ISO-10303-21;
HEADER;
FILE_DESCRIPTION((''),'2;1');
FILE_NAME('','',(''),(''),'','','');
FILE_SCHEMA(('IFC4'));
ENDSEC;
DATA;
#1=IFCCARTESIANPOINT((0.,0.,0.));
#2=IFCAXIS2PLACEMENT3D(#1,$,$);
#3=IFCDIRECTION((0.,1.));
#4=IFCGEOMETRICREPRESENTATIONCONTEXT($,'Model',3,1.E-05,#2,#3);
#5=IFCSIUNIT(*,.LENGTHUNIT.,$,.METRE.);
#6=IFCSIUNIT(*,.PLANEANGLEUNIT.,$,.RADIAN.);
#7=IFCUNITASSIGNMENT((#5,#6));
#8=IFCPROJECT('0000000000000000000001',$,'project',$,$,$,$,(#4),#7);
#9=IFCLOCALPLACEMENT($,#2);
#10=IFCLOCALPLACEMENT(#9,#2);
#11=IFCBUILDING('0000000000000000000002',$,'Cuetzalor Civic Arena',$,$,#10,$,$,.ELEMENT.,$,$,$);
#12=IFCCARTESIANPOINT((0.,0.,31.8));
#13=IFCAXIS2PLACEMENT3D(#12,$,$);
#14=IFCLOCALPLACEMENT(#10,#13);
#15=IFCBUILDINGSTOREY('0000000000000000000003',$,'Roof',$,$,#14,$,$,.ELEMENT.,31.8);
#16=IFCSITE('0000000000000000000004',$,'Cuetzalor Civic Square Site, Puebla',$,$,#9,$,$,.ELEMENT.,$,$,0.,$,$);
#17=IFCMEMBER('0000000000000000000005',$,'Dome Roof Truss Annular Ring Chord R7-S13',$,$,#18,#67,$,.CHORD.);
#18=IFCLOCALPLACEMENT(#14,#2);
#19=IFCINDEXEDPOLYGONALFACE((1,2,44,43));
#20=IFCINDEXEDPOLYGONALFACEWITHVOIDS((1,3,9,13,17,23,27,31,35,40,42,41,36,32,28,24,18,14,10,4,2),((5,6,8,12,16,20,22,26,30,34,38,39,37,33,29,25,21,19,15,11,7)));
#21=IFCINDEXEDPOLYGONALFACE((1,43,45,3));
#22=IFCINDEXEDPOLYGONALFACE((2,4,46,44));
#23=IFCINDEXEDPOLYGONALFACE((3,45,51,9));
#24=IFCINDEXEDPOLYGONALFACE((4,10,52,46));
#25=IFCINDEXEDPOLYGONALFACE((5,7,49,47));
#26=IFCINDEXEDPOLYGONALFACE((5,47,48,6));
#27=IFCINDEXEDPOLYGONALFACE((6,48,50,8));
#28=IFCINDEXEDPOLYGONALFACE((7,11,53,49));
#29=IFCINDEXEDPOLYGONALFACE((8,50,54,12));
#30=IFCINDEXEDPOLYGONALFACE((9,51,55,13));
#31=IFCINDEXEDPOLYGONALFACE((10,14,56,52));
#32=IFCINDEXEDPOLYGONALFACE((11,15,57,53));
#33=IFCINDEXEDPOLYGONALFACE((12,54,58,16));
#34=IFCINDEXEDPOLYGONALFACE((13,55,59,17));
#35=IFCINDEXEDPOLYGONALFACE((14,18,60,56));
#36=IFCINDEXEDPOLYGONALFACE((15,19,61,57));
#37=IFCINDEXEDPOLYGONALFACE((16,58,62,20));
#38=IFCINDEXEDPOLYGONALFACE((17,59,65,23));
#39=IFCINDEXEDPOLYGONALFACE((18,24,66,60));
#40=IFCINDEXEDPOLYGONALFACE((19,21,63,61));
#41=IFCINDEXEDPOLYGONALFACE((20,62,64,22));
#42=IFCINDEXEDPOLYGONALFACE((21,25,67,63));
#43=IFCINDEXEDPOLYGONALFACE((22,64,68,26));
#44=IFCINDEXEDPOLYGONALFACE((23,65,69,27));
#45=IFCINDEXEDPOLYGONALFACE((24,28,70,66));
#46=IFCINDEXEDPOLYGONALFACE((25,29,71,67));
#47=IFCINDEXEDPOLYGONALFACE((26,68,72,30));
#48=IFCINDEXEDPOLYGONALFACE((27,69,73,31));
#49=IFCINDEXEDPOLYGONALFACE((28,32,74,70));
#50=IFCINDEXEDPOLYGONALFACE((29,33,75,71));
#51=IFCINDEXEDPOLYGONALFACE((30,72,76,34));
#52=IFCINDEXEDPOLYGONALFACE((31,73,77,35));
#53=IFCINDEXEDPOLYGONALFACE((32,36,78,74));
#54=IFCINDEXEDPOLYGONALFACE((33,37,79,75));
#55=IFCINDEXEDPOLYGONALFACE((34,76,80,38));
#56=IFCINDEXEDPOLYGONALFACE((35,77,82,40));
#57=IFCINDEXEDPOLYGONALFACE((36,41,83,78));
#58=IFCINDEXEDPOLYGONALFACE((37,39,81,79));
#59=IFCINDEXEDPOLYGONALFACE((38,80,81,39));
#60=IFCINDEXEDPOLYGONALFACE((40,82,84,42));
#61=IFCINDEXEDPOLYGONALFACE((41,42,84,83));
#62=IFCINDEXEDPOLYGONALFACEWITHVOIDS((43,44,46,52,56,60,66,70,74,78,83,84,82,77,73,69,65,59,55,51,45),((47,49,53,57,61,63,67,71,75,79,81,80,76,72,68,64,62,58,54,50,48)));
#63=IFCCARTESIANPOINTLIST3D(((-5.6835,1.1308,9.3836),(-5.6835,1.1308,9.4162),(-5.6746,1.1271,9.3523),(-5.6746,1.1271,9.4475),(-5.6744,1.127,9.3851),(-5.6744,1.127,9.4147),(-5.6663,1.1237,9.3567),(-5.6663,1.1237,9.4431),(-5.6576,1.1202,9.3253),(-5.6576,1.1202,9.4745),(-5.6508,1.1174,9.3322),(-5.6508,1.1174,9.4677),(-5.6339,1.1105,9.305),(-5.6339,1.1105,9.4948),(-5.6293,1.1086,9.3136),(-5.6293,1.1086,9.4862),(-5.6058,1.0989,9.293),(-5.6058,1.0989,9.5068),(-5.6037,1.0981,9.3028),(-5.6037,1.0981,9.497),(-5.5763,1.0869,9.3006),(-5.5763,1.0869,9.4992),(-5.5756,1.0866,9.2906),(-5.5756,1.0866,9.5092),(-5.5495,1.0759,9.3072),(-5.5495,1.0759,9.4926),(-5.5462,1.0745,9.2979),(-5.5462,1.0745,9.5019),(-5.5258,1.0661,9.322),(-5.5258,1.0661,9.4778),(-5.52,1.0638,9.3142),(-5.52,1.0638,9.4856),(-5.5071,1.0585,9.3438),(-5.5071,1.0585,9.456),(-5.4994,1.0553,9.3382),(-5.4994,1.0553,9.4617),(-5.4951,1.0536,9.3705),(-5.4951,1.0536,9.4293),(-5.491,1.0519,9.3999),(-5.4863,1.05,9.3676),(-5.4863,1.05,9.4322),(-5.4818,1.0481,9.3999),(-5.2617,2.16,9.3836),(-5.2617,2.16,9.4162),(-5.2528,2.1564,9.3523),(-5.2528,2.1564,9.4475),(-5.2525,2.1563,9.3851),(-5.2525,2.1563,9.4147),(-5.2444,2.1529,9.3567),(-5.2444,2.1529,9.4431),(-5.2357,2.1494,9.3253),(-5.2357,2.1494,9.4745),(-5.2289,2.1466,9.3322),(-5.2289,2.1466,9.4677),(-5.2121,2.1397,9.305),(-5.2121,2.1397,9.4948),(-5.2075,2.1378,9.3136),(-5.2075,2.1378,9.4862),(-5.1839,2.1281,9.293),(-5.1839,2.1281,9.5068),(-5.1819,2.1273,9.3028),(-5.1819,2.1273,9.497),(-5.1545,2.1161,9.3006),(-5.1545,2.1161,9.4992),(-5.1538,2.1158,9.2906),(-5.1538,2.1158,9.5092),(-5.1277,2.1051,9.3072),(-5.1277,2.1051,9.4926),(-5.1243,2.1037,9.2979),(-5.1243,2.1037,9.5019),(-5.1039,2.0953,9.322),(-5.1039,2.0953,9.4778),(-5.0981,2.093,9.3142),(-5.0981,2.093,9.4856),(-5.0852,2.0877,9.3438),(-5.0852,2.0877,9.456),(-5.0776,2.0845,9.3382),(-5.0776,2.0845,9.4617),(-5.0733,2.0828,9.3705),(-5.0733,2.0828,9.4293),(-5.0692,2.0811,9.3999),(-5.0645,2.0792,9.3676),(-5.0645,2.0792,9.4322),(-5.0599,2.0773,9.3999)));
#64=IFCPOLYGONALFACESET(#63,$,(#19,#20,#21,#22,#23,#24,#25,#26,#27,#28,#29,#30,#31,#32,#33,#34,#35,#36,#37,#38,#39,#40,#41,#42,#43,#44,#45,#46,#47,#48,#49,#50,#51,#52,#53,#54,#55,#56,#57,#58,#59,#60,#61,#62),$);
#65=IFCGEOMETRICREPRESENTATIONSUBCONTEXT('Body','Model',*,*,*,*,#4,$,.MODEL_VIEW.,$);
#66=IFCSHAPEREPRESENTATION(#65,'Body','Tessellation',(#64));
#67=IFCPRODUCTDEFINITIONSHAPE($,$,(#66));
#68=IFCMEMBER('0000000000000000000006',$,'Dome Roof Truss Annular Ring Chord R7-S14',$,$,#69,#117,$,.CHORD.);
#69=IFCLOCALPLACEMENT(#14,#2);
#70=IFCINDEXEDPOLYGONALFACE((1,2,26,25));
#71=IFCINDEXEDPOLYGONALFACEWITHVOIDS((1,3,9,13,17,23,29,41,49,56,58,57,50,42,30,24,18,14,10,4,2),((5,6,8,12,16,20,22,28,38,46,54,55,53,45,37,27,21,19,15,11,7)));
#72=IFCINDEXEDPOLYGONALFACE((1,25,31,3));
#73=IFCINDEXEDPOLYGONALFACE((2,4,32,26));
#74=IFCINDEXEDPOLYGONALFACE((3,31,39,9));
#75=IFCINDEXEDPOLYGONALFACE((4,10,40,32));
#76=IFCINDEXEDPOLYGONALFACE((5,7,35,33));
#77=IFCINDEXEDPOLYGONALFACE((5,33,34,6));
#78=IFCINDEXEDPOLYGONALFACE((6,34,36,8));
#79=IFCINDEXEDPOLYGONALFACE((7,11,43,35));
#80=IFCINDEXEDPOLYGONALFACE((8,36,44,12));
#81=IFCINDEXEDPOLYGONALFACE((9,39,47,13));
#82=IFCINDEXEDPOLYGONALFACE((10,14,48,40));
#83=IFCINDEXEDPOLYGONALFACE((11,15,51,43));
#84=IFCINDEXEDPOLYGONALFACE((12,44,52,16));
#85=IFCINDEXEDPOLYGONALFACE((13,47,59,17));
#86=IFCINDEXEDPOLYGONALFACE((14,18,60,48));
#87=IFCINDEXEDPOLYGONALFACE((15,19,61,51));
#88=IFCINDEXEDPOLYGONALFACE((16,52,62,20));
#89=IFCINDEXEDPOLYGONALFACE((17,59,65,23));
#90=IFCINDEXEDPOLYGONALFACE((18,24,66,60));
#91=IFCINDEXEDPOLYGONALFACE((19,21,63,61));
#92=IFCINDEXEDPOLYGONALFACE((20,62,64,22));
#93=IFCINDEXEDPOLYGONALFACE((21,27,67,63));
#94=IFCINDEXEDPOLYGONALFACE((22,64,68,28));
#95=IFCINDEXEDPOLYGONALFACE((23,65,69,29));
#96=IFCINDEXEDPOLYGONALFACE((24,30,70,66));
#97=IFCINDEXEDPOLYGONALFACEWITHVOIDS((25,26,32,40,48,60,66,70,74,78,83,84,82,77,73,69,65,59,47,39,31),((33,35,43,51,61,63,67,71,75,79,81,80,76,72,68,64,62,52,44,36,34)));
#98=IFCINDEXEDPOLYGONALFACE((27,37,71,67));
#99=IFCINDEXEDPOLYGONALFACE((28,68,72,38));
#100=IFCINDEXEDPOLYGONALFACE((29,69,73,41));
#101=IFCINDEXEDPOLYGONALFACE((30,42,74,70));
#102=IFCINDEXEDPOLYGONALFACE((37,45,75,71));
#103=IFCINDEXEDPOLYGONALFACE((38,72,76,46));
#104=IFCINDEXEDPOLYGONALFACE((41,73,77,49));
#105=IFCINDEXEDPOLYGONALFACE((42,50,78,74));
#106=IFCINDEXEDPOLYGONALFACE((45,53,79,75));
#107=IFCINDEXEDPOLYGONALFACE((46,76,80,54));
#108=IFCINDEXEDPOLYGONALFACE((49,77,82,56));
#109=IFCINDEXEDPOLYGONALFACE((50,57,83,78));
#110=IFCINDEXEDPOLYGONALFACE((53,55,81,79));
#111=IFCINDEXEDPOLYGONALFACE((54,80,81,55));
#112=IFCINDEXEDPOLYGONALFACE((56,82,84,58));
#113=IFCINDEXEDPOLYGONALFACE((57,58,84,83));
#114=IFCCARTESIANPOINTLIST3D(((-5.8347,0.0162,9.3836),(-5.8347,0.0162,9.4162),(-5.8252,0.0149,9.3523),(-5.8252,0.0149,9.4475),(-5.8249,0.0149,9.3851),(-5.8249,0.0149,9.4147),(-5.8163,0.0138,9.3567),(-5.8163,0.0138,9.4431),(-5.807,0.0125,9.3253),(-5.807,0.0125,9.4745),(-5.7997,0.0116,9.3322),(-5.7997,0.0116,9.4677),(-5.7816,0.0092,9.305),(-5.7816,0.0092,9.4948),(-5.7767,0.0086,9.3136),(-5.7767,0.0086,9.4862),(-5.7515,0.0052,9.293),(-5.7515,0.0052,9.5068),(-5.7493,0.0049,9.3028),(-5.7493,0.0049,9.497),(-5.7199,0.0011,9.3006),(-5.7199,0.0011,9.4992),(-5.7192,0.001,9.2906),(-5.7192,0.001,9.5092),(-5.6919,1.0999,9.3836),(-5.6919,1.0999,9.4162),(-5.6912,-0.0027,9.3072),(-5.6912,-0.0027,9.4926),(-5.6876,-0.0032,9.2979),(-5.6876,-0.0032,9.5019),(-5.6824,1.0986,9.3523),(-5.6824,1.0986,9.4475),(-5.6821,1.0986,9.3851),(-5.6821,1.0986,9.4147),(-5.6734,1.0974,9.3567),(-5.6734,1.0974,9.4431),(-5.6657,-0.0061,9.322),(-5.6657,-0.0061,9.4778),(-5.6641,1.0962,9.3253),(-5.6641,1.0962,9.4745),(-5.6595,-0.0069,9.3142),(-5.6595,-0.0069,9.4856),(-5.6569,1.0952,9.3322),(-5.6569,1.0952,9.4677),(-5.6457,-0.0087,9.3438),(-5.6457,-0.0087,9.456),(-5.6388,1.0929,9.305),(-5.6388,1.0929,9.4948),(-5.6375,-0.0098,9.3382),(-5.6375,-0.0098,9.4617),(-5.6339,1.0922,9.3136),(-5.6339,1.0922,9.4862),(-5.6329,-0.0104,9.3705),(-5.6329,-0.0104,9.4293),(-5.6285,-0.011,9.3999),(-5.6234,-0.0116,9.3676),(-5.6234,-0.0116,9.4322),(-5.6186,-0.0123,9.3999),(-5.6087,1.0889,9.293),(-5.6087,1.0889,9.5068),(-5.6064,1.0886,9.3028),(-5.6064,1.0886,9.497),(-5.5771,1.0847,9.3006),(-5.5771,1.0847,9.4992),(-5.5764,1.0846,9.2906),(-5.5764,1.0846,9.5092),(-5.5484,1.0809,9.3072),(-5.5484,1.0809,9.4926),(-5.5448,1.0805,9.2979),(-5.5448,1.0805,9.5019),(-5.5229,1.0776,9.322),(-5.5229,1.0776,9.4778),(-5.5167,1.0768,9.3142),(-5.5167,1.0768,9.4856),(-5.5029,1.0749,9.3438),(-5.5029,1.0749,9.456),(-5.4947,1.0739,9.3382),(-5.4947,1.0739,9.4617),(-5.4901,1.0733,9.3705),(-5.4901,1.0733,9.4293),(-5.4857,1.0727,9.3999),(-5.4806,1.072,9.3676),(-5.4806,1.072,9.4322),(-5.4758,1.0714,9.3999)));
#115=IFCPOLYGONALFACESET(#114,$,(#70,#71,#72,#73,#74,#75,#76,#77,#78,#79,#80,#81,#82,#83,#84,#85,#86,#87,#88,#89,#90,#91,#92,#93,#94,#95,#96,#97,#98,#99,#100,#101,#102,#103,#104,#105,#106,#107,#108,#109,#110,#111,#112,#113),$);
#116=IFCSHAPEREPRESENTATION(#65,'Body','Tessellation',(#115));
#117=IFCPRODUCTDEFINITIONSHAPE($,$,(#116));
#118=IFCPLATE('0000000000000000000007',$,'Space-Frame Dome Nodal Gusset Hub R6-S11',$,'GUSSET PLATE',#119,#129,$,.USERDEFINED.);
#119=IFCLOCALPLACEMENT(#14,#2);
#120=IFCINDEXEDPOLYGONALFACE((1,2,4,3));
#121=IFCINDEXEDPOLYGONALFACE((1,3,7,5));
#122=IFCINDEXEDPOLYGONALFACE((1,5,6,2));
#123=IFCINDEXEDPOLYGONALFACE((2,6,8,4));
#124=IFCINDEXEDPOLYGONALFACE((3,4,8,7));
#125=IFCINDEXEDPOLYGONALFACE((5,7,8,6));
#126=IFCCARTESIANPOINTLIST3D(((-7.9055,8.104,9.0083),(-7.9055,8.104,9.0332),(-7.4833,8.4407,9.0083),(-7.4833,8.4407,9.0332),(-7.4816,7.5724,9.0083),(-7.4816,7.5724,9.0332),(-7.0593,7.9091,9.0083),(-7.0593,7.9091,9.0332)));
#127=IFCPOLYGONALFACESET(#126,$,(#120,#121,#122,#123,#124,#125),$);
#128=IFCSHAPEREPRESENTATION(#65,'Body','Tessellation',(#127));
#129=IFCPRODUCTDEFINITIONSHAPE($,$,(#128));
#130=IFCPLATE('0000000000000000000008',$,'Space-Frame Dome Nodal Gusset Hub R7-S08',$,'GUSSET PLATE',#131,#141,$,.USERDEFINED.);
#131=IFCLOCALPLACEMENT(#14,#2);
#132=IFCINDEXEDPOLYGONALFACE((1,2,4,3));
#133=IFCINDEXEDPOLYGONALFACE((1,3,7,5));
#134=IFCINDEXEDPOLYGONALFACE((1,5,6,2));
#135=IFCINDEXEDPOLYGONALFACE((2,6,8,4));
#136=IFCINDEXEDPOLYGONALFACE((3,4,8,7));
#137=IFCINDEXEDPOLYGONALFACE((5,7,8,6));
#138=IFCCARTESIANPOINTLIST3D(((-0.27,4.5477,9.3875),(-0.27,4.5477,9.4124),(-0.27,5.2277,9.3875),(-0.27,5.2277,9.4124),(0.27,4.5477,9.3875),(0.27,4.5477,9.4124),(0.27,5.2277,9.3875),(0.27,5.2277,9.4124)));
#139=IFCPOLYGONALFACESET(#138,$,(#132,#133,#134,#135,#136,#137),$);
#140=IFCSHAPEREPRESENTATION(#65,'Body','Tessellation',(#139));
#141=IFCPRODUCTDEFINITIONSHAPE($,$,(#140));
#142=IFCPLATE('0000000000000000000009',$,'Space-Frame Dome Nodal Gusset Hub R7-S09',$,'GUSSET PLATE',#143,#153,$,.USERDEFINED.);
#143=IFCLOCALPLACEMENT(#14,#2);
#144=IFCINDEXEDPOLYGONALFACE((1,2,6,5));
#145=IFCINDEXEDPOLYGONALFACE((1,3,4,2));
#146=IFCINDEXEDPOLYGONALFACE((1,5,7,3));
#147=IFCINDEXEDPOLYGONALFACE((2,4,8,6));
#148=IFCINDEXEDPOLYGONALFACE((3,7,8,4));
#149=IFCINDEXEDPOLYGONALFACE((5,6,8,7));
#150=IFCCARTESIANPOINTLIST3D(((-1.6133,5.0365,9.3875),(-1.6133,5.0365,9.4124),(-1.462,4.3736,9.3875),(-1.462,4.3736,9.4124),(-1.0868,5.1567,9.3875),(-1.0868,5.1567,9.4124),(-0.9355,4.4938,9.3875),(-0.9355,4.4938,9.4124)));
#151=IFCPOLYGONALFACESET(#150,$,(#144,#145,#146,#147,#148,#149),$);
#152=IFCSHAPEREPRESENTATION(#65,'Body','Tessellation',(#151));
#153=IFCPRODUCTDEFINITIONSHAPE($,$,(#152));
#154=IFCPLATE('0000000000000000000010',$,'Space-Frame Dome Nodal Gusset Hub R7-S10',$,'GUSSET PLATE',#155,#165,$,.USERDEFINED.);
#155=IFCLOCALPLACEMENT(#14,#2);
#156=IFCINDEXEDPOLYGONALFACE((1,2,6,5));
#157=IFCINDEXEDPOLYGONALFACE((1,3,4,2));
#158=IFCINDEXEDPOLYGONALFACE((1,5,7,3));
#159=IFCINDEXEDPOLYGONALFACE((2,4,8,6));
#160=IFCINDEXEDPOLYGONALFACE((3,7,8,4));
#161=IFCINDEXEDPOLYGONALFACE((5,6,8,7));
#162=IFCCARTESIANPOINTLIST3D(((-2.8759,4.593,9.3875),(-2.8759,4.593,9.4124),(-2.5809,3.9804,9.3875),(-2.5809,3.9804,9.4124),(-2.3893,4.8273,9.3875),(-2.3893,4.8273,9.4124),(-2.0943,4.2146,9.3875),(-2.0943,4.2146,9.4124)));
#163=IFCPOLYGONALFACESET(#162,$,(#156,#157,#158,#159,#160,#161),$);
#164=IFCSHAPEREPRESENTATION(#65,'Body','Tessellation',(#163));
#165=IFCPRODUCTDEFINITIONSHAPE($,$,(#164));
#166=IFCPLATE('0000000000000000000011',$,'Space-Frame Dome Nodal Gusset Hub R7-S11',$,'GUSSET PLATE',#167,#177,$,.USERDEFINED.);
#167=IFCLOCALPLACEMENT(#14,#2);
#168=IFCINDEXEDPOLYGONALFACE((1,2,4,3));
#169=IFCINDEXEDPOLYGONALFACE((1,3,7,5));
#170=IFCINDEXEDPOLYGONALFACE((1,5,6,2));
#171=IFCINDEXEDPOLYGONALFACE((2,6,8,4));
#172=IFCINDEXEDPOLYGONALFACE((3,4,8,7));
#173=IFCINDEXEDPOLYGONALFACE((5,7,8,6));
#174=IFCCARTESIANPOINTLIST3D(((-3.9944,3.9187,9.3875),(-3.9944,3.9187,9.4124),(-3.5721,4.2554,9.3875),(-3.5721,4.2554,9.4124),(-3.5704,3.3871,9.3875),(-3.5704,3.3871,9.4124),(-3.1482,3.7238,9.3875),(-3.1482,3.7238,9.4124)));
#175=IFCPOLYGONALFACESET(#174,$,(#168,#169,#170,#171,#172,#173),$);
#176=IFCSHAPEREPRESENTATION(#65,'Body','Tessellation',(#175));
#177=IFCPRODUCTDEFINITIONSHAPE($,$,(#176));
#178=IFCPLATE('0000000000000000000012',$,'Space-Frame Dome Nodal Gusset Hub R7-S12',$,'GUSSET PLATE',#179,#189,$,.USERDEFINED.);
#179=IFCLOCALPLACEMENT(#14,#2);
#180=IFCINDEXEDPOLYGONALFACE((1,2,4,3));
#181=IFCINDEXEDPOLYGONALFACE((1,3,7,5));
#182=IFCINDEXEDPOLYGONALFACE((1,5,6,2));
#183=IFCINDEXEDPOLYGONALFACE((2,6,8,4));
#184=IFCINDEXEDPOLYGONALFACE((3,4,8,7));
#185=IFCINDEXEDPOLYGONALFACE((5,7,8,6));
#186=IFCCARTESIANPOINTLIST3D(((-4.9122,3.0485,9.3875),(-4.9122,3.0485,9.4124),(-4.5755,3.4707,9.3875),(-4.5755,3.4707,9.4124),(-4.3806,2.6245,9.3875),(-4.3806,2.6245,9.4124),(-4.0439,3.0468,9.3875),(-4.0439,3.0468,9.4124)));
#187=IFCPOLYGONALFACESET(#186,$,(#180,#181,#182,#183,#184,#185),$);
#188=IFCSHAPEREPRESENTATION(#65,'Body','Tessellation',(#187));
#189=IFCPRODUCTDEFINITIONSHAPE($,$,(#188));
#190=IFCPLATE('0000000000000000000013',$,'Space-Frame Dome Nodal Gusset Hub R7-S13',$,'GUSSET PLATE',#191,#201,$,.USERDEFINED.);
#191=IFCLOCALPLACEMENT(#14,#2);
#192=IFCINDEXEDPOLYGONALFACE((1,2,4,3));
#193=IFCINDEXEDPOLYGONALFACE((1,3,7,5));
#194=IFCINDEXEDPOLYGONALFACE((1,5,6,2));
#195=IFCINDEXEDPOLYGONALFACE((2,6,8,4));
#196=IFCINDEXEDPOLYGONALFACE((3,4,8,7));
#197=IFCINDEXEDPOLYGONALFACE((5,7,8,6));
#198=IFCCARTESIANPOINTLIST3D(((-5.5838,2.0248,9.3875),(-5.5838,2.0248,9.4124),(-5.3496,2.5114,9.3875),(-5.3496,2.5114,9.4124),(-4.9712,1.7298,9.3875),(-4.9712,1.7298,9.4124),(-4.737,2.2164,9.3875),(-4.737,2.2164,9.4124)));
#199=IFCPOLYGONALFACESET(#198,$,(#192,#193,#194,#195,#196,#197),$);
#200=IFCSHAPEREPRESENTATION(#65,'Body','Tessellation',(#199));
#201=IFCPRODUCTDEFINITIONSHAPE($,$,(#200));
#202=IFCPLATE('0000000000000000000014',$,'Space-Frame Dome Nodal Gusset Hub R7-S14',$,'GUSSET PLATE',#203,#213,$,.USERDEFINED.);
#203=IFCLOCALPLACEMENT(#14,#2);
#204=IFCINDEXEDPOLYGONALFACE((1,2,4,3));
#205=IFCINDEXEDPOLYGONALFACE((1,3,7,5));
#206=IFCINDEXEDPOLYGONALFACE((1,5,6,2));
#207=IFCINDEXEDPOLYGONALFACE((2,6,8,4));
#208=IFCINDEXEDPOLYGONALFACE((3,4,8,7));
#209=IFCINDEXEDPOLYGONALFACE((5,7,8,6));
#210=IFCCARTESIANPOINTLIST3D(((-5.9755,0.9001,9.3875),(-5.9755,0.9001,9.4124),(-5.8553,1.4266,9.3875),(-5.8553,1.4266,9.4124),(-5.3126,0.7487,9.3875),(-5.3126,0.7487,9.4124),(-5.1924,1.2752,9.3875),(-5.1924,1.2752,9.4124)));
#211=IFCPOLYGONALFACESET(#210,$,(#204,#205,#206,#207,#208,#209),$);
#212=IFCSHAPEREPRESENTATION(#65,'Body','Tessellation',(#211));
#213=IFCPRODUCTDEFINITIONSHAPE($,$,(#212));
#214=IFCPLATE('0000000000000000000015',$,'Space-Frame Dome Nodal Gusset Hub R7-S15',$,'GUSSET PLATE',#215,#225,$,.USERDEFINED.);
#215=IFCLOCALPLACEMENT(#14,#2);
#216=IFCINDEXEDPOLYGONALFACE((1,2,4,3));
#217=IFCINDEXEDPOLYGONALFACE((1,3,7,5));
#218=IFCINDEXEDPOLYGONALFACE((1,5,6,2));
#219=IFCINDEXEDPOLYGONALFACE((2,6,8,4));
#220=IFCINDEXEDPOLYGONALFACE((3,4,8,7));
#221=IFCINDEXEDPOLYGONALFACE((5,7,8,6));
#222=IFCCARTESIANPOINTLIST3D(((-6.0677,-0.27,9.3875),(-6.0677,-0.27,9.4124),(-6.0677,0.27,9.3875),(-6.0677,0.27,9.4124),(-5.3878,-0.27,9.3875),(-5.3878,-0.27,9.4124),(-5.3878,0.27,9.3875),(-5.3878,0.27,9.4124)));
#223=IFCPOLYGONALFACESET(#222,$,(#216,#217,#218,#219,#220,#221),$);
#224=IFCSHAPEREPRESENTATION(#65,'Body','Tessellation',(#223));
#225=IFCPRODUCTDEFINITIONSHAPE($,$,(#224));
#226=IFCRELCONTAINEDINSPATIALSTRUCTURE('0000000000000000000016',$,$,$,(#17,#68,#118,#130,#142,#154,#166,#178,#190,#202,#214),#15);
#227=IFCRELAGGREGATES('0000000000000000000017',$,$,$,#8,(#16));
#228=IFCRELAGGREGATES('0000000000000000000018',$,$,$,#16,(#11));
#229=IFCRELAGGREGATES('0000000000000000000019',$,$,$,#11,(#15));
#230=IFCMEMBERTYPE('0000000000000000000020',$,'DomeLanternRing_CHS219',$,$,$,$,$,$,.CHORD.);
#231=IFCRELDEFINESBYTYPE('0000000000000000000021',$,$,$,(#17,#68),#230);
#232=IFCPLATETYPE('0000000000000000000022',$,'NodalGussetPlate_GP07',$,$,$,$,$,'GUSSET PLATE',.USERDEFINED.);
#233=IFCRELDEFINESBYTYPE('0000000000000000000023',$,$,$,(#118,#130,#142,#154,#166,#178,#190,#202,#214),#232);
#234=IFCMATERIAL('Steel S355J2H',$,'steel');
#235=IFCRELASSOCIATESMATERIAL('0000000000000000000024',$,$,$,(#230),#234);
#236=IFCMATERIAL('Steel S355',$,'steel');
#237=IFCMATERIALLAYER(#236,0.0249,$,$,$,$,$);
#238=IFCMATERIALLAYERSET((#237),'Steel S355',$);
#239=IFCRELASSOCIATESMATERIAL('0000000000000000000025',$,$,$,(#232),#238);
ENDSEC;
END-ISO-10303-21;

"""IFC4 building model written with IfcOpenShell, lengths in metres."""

from ifc_helpers import new_model, si_unit, direction, frame, origin, origin_2d, place, context, subcontext, project, spatial, rectangle, hollow_circle, extrude, material, layer, layer_set, material_profile, profile_set, type_object, element, save


model = new_model("IFC4")

# Units and contexts
model_context = context("Model", 3, precision=1e-05, world=origin(), true_north=direction((0.0, 1.0)))
body_context = subcontext(model_context, "Body", "Model", "MODEL_VIEW")
ifc_project = project(units=[si_unit("LENGTHUNIT", "METRE"), si_unit("PLANEANGLEUNIT", "RADIAN")], contexts=[model_context])

# Site, building, storey
site_placement = place(None, origin())
site = spatial("IfcSite", under=ifc_project, at=site_placement, Name="Cuetzalor Civic Square Site, Puebla", CompositionType="ELEMENT", RefElevation=0.0)
building_placement = place(site_placement, origin())
building = spatial("IfcBuilding", under=site, at=building_placement, Name="Cuetzalor Civic Arena", CompositionType="ELEMENT")
storey_placement = place(building_placement, frame((0.0, 0.0, 31.8)))
storey = spatial("IfcBuildingStorey", under=building, at=storey_placement, Name="Roof", CompositionType="ELEMENT", Elevation=31.8)

# Members
ifc_material_1 = material(Name="Steel S355J2H", Category="steel")
ifc_material_profile_1 = material_profile(ifc_material_1, hollow_circle(Radius=0.1096, WallThickness=0.01, at=origin_2d()), Name="CHS 219.1x10")
ifc_profile_set_1 = profile_set([ifc_material_profile_1], Name="Steel S355J2H")
member_type_1 = type_object("IfcMemberType", Name="DomeLanternRing_CHS219", PredefinedType="CHORD", material=ifc_profile_set_1)
member_1_placement = place(storey_placement, frame((-5.1614, 2.1189, 9.3999), z_axis=(-0.379248, -0.925295, 0.0), x_axis=(0.925295, -0.379248, 0.0)))
element("IfcMember", 1, at=member_1_placement, inside=storey, type_object=member_type_1, Name="Dome Roof Truss Annular Ring Chord R7-S13", PredefinedType="CHORD", context=body_context, shape_type="SweptSolid", body=[
    extrude(hollow_circle(Radius=0.1096, WallThickness=0.01, at=origin_2d()), origin(), (0.0, 0.0, 1.0), 1.1123),
])
member_2_placement = place(storey_placement, frame((-5.5845, 1.0857, 9.3999), z_axis=(-0.130657, -0.991428, 0.0), x_axis=(0.991428, -0.130657, 0.0)))
element("IfcMember", 2, at=member_2_placement, inside=storey, type_object=member_type_1, Name="Dome Roof Truss Annular Ring Chord R7-S14", PredefinedType="CHORD", context=body_context, shape_type="SweptSolid", body=[
    extrude(hollow_circle(Radius=0.1096, WallThickness=0.01, at=origin_2d()), origin(), (0.0, 0.0, 1.0), 1.093),
])

# Plates
ifc_material_2 = material(Name="Steel S355", Category="steel")
ifc_layer_1 = layer(ifc_material_2, 0.0249)
ifc_layer_set_1 = layer_set([ifc_layer_1], Name="Steel S355")
plate_type = type_object("IfcPlateType", Name="NodalGussetPlate_GP07", ElementType="GUSSET PLATE", PredefinedType="USERDEFINED", material=ifc_layer_set_1)
for number, where, z_axis, x_axis, name in (
    (3, (-7.4824, 8.0066, 9.0083), (0.0, 0.0, 1.0), (-0.62347, 0.781847, 0.0), "Space-Frame Dome Nodal Gusset Hub R6-S11"),
    (4, (0.0, 4.8877, 9.3875), (0.0, 0.0, 1.0), (0.0, 1.0, 0.0), "Space-Frame Dome Nodal Gusset Hub R7-S08"),
    (5, (-1.2744, 4.7651, 9.3875), (0.0, 0.0, 1.0), (-0.22257, 0.974917, 0.0), "Space-Frame Dome Nodal Gusset Hub R7-S09"),
    (6, (-2.4851, 4.4038, 9.3875), (0.0, 0.0, 1.0), (-0.433816, 0.901001, 0.0), "Space-Frame Dome Nodal Gusset Hub R7-S10"),
    (7, (-3.5713, 3.8213, 9.3875), (0.0, 0.0, 1.0), (-0.62347, 0.781847, 0.0), "Space-Frame Dome Nodal Gusset Hub R7-S11"),
    (8, (-4.478, 3.0476, 9.3875), (0.0, 0.0, 1.0), (-0.781847, 0.62347, 0.0), "Space-Frame Dome Nodal Gusset Hub R7-S12"),
    (9, (-5.1604, 2.1206, 9.3875), (0.0, 0.0, 1.0), (-0.901001, 0.433816, 0.0), "Space-Frame Dome Nodal Gusset Hub R7-S13"),
    (10, (-5.584, 1.0876, 9.3875), (0.0, 0.0, 1.0), (-0.974917, 0.22257, 0.0), "Space-Frame Dome Nodal Gusset Hub R7-S14"),
    (11, (-5.7278, 0.0, 9.3875), (0.0, 0.0, 1.0), (-1.0, 0.0, 0.0), "Space-Frame Dome Nodal Gusset Hub R7-S15"),
):
    element("IfcPlate", number, at=place(storey_placement, frame(where, z_axis=z_axis, x_axis=x_axis)), inside=storey, type_object=plate_type, Name=name, ObjectType="GUSSET PLATE", PredefinedType="USERDEFINED", context=body_context, shape_type="SweptSolid", body=[
        extrude(rectangle(XDim=0.6799, YDim=0.54, at=origin_2d()), origin(), (0.0, 0.0, 1.0), 0.0249),
    ])

save(model, "model.ifc")
